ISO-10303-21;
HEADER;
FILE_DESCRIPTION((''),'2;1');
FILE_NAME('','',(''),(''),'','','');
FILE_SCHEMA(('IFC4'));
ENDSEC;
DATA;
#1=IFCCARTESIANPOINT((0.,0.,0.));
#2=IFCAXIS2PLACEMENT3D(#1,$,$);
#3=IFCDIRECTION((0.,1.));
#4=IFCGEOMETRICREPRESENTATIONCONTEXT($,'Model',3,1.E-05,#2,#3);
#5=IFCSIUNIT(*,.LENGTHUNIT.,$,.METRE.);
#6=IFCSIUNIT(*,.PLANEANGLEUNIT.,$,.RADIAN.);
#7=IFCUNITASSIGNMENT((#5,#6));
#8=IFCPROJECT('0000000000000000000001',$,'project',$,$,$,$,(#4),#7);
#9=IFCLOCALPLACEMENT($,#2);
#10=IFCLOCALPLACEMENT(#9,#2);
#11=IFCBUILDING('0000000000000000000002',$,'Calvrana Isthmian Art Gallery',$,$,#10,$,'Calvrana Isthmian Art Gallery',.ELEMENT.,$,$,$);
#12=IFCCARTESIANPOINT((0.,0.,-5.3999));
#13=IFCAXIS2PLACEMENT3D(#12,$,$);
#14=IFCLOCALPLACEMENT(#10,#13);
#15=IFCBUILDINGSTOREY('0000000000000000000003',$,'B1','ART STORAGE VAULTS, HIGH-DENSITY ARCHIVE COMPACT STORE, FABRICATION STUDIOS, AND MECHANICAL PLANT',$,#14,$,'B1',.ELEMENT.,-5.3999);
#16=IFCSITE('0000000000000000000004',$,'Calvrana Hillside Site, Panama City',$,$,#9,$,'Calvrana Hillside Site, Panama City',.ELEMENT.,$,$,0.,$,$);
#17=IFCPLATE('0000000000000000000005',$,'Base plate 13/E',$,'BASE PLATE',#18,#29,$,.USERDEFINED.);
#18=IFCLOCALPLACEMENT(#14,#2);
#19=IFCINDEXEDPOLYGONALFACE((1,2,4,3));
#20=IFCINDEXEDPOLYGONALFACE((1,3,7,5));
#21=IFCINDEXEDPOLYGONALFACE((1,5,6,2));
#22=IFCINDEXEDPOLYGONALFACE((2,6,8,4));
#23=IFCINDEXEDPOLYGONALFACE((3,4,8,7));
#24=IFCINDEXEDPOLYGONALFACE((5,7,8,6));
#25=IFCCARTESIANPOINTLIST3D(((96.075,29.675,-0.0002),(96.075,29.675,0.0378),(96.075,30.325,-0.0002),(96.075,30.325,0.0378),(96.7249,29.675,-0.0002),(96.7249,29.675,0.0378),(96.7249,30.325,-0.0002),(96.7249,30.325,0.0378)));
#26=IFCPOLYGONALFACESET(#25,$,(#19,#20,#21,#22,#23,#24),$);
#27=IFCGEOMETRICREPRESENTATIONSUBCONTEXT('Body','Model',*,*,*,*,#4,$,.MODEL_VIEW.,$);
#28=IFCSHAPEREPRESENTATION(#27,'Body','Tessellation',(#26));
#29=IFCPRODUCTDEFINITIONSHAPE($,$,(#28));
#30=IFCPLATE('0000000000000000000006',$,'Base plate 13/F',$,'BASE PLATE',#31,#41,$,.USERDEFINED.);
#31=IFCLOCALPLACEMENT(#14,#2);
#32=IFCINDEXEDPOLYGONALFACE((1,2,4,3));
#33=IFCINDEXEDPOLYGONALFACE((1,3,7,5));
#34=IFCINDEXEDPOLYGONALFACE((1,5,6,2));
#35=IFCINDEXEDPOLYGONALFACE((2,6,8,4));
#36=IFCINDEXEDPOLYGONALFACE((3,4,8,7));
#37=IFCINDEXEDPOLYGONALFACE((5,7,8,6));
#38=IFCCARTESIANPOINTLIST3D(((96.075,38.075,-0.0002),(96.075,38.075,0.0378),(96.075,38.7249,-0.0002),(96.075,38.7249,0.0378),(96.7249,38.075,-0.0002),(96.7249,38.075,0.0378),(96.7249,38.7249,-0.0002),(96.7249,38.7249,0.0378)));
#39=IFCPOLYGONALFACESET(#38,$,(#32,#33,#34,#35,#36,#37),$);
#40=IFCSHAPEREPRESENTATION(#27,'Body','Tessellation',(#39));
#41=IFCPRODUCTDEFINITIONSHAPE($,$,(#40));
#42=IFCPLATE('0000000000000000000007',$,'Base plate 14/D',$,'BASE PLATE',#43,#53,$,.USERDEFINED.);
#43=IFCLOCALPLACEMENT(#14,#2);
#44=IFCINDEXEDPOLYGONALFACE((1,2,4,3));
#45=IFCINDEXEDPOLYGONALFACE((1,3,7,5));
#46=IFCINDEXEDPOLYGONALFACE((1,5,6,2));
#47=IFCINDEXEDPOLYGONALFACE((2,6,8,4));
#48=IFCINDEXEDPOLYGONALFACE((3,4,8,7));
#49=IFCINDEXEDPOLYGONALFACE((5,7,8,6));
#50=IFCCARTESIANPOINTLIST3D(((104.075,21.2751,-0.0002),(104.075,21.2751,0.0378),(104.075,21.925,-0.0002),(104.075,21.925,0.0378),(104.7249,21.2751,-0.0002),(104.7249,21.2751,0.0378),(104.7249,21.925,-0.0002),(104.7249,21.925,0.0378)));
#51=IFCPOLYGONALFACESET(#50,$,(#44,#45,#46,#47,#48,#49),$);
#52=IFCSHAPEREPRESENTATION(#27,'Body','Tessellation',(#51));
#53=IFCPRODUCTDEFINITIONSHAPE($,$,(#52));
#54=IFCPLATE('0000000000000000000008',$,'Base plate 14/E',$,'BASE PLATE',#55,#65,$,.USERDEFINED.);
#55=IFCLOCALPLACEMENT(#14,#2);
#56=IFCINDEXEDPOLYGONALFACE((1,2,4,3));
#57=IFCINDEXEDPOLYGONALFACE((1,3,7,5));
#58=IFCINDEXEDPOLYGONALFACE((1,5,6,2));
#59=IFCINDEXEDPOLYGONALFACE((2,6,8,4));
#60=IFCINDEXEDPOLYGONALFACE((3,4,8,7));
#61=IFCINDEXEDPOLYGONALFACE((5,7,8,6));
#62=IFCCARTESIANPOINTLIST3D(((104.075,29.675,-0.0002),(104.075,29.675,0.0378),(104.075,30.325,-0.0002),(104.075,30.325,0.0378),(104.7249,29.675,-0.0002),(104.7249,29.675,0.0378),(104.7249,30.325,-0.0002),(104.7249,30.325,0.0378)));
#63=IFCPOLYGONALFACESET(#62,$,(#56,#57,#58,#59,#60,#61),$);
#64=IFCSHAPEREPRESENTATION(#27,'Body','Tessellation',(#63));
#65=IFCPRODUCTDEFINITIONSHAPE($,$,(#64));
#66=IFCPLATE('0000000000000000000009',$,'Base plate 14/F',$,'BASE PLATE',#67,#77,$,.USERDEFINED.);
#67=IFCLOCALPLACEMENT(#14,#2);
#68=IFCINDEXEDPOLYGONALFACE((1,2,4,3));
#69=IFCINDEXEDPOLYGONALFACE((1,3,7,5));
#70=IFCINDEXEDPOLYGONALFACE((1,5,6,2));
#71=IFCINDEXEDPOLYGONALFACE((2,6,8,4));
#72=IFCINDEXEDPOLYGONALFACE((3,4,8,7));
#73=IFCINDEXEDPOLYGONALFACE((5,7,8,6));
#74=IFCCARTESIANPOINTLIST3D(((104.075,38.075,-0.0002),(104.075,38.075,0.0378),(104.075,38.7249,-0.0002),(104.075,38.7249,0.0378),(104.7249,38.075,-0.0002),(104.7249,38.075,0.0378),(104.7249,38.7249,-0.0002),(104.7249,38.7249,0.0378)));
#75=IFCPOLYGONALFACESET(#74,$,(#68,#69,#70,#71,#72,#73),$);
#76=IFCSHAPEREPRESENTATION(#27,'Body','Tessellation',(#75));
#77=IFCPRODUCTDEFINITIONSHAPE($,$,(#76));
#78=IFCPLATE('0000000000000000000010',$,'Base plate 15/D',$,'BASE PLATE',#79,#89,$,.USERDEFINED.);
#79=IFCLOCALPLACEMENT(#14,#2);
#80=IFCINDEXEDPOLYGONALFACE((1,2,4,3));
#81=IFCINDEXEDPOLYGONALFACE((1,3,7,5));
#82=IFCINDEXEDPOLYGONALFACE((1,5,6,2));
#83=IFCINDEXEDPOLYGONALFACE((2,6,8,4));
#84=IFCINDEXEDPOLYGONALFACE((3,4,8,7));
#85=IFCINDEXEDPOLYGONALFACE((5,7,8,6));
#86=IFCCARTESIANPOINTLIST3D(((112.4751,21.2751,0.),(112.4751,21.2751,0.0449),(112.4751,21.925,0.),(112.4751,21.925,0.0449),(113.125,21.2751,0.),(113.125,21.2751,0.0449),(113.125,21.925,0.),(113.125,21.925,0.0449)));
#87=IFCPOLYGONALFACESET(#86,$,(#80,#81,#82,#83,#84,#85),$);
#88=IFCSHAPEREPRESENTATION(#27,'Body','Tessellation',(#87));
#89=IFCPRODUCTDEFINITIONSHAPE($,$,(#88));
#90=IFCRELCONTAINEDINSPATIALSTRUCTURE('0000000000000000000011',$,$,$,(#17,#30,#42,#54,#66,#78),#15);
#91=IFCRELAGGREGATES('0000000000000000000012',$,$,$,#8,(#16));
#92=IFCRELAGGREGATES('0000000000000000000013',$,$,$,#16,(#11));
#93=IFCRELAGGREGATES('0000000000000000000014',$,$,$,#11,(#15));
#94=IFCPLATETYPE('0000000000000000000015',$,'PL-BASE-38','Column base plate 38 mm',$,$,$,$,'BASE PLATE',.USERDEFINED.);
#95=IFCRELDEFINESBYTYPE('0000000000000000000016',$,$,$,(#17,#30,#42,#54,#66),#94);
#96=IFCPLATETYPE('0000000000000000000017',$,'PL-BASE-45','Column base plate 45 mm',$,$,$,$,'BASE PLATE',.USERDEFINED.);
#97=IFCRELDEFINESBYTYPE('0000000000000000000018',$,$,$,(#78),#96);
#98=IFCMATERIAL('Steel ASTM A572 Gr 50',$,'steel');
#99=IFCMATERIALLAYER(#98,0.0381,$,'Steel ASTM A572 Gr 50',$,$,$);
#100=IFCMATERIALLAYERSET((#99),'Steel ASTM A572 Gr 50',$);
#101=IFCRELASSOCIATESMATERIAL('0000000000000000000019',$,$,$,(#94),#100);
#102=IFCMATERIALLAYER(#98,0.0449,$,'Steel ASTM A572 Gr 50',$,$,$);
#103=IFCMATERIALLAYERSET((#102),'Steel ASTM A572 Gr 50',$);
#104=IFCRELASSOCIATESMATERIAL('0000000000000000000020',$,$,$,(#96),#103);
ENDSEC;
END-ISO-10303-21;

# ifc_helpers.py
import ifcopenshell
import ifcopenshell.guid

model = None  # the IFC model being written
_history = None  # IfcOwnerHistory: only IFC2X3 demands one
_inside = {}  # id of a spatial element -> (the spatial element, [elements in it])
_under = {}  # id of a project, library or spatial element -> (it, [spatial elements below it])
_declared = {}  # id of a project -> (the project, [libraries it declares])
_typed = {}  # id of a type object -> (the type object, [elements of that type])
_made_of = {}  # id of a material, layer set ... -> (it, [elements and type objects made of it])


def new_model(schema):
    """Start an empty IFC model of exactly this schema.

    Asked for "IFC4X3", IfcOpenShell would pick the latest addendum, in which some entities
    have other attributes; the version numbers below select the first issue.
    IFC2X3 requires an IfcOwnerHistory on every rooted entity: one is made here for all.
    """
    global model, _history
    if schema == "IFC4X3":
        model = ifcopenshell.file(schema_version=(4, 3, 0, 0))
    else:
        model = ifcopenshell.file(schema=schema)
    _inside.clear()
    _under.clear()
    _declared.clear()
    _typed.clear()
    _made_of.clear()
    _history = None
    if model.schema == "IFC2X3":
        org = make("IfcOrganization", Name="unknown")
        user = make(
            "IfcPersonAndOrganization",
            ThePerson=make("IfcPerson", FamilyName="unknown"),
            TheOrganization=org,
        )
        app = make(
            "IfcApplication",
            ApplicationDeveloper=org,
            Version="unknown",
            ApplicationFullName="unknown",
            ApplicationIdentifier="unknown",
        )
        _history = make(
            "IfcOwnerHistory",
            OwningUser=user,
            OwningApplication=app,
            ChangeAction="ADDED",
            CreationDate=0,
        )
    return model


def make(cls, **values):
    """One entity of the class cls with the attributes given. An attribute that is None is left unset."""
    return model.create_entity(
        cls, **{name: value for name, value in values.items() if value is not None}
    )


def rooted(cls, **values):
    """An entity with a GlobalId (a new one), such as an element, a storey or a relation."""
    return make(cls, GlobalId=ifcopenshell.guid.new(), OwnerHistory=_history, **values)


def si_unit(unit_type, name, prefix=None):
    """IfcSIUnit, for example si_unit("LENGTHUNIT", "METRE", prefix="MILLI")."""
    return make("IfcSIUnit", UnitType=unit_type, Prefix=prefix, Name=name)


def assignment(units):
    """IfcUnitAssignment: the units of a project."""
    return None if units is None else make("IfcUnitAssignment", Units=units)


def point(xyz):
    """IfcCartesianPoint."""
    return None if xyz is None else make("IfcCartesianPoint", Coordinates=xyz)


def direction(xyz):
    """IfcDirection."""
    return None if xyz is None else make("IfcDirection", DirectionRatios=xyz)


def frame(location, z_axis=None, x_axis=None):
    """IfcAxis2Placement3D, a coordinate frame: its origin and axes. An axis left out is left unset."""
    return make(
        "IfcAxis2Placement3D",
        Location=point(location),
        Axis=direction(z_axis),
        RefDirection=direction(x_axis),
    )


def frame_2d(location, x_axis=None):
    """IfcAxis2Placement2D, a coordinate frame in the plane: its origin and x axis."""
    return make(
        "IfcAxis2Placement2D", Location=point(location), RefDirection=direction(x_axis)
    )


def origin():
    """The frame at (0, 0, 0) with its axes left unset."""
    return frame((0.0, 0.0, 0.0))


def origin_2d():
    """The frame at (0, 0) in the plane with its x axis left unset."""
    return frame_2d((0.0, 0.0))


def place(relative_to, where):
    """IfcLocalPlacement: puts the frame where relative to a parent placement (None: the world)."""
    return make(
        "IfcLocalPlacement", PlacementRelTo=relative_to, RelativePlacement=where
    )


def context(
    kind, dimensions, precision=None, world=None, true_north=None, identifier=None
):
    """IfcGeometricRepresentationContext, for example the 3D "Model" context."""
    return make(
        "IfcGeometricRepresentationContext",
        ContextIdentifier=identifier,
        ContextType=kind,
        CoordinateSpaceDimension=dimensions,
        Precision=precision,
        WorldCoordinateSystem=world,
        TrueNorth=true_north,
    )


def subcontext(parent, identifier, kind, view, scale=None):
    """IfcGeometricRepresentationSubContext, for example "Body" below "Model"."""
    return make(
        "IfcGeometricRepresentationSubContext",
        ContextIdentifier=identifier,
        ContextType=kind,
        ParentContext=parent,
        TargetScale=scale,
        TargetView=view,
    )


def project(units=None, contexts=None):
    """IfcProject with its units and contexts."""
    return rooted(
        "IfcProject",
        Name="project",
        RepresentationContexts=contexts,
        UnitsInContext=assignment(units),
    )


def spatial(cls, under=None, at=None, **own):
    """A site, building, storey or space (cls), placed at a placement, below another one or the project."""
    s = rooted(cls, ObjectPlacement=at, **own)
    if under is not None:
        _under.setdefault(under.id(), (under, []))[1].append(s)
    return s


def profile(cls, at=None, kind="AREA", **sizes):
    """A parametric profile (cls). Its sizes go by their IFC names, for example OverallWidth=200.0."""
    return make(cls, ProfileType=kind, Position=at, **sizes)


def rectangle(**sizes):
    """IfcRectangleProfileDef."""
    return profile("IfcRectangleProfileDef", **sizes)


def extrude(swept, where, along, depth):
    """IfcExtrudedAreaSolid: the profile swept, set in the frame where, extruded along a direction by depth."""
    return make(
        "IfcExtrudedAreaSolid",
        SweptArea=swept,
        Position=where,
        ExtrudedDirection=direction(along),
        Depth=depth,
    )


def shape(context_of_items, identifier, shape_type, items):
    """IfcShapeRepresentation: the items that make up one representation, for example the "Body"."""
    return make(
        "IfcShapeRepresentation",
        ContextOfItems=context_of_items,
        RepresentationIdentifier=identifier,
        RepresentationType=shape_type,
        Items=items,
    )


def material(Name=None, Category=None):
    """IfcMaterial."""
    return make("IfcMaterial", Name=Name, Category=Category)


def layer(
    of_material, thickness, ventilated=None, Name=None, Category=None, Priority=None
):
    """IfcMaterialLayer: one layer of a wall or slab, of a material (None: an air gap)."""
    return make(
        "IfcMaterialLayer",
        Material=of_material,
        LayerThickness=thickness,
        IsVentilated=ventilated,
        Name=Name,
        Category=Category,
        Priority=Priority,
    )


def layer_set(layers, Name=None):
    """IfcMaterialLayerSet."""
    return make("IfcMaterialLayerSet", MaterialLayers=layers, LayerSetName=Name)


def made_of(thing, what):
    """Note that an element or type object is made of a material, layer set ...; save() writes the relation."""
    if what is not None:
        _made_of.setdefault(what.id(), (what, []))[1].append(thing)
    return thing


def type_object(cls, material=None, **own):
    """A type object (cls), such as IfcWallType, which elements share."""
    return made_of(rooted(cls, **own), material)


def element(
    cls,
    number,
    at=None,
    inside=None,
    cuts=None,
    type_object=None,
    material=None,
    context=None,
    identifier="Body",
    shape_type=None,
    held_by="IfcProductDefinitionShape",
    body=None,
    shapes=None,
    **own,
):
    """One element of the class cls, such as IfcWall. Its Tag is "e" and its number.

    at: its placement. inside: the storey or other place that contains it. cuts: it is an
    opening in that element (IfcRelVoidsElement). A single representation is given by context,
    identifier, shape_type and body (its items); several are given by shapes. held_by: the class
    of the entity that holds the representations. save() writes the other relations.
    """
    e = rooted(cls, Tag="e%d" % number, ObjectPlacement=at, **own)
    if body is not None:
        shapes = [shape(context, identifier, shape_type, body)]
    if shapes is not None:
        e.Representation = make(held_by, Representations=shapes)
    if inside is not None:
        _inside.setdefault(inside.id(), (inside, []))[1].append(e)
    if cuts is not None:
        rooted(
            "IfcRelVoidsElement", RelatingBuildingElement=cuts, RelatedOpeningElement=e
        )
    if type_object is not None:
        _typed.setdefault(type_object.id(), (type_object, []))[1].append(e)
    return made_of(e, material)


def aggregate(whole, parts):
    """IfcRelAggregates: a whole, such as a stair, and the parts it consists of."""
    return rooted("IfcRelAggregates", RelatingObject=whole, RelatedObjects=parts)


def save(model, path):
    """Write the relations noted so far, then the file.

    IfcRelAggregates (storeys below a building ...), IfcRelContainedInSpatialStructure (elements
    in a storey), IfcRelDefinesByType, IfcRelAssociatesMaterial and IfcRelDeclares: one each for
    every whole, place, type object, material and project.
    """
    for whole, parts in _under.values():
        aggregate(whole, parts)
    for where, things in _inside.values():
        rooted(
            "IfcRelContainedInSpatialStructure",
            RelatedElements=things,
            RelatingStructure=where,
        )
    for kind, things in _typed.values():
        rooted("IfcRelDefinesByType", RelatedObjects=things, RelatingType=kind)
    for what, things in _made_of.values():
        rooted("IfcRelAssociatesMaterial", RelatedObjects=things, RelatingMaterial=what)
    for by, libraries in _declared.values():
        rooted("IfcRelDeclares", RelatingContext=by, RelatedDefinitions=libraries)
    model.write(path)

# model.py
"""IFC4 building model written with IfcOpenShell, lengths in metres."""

from ifc_helpers import new_model, si_unit, direction, frame, origin, origin_2d, place, context, subcontext, project, spatial, rectangle, extrude, material, layer, layer_set, type_object, element, save


model = new_model("IFC4")

# Units and contexts
model_context = context("Model", 3, precision=1e-05, world=origin(), true_north=direction((0.0, 1.0)))
body_context = subcontext(model_context, "Body", "Model", "MODEL_VIEW")
ifc_project = project(units=[si_unit("LENGTHUNIT", "METRE"), si_unit("PLANEANGLEUNIT", "RADIAN")], contexts=[model_context])

# Site, building, storey
site_placement = place(None, origin())
site = spatial("IfcSite", under=ifc_project, at=site_placement, Name="Calvrana Hillside Site, Panama City", LongName="Calvrana Hillside Site, Panama City", CompositionType="ELEMENT", RefElevation=0.0)
building_placement = place(site_placement, origin())
building = spatial("IfcBuilding", under=site, at=building_placement, Name="Calvrana Isthmian Art Gallery", LongName="Calvrana Isthmian Art Gallery", CompositionType="ELEMENT")
storey_placement = place(building_placement, frame((0.0, 0.0, -5.3999)))
storey = spatial("IfcBuildingStorey", under=building, at=storey_placement, Name="B1", Description="ART STORAGE VAULTS, HIGH-DENSITY ARCHIVE COMPACT STORE, FABRICATION STUDIOS, AND MECHANICAL PLANT", LongName="B1", CompositionType="ELEMENT", Elevation=-5.3999)

# Plates
ifc_material_1 = material(Name="Steel ASTM A572 Gr 50", Category="steel")
ifc_layer_1 = layer(ifc_material_1, 0.0381, Name="Steel ASTM A572 Gr 50")
ifc_layer_set_1 = layer_set([ifc_layer_1], Name="Steel ASTM A572 Gr 50")
plate_type_1 = type_object("IfcPlateType", Name="PL-BASE-38", Description="Column base plate 38 mm", ElementType="BASE PLATE", PredefinedType="USERDEFINED", material=ifc_layer_set_1)
for number, where, z_axis, x_axis, name in (
    (1, (96.3999, 30.0, -0.0002), (0.0, 0.0, 1.0), (1.0, 0.0, 0.0), "Base plate 13/E"),
    (2, (96.3999, 38.3999, -0.0002), (0.0, 0.0, 1.0), (1.0, 0.0, 0.0), "Base plate 13/F"),
    (3, (104.3999, 21.6001, -0.0002), (0.0, 0.0, 1.0), (1.0, 0.0, 0.0), "Base plate 14/D"),
    (4, (104.3999, 30.0, -0.0002), (0.0, 0.0, 1.0), (1.0, 0.0, 0.0), "Base plate 14/E"),
    (5, (104.3999, 38.3999, -0.0002), (0.0, 0.0, 1.0), (1.0, 0.0, 0.0), "Base plate 14/F"),
):
    element("IfcPlate", number, at=place(storey_placement, frame(where, z_axis=z_axis, x_axis=x_axis)), inside=storey, type_object=plate_type_1, Name=name, ObjectType="BASE PLATE", PredefinedType="USERDEFINED", context=body_context, shape_type="SweptSolid", body=[
        extrude(rectangle(XDim=0.6499, YDim=0.6499, at=origin_2d()), origin(), (0.0, 0.0, 1.0), 0.0381),
    ])
ifc_layer_2 = layer(ifc_material_1, 0.0449, Name="Steel ASTM A572 Gr 50")
ifc_layer_set_2 = layer_set([ifc_layer_2], Name="Steel ASTM A572 Gr 50")
plate_type_2 = type_object("IfcPlateType", Name="PL-BASE-45", Description="Column base plate 45 mm", ElementType="BASE PLATE", PredefinedType="USERDEFINED", material=ifc_layer_set_2)
plate_placement = place(storey_placement, frame((112.8, 21.6001, 0.0), z_axis=(0.0, 0.0, 1.0), x_axis=(1.0, 0.0, 0.0)))
element("IfcPlate", 6, at=plate_placement, inside=storey, type_object=plate_type_2, Name="Base plate 15/D", ObjectType="BASE PLATE", PredefinedType="USERDEFINED", context=body_context, shape_type="SweptSolid", body=[
    extrude(rectangle(XDim=0.6499, YDim=0.6499, at=origin_2d()), origin(), (0.0, 0.0, 1.0), 0.0449),
])

save(model, "model.ifc")
